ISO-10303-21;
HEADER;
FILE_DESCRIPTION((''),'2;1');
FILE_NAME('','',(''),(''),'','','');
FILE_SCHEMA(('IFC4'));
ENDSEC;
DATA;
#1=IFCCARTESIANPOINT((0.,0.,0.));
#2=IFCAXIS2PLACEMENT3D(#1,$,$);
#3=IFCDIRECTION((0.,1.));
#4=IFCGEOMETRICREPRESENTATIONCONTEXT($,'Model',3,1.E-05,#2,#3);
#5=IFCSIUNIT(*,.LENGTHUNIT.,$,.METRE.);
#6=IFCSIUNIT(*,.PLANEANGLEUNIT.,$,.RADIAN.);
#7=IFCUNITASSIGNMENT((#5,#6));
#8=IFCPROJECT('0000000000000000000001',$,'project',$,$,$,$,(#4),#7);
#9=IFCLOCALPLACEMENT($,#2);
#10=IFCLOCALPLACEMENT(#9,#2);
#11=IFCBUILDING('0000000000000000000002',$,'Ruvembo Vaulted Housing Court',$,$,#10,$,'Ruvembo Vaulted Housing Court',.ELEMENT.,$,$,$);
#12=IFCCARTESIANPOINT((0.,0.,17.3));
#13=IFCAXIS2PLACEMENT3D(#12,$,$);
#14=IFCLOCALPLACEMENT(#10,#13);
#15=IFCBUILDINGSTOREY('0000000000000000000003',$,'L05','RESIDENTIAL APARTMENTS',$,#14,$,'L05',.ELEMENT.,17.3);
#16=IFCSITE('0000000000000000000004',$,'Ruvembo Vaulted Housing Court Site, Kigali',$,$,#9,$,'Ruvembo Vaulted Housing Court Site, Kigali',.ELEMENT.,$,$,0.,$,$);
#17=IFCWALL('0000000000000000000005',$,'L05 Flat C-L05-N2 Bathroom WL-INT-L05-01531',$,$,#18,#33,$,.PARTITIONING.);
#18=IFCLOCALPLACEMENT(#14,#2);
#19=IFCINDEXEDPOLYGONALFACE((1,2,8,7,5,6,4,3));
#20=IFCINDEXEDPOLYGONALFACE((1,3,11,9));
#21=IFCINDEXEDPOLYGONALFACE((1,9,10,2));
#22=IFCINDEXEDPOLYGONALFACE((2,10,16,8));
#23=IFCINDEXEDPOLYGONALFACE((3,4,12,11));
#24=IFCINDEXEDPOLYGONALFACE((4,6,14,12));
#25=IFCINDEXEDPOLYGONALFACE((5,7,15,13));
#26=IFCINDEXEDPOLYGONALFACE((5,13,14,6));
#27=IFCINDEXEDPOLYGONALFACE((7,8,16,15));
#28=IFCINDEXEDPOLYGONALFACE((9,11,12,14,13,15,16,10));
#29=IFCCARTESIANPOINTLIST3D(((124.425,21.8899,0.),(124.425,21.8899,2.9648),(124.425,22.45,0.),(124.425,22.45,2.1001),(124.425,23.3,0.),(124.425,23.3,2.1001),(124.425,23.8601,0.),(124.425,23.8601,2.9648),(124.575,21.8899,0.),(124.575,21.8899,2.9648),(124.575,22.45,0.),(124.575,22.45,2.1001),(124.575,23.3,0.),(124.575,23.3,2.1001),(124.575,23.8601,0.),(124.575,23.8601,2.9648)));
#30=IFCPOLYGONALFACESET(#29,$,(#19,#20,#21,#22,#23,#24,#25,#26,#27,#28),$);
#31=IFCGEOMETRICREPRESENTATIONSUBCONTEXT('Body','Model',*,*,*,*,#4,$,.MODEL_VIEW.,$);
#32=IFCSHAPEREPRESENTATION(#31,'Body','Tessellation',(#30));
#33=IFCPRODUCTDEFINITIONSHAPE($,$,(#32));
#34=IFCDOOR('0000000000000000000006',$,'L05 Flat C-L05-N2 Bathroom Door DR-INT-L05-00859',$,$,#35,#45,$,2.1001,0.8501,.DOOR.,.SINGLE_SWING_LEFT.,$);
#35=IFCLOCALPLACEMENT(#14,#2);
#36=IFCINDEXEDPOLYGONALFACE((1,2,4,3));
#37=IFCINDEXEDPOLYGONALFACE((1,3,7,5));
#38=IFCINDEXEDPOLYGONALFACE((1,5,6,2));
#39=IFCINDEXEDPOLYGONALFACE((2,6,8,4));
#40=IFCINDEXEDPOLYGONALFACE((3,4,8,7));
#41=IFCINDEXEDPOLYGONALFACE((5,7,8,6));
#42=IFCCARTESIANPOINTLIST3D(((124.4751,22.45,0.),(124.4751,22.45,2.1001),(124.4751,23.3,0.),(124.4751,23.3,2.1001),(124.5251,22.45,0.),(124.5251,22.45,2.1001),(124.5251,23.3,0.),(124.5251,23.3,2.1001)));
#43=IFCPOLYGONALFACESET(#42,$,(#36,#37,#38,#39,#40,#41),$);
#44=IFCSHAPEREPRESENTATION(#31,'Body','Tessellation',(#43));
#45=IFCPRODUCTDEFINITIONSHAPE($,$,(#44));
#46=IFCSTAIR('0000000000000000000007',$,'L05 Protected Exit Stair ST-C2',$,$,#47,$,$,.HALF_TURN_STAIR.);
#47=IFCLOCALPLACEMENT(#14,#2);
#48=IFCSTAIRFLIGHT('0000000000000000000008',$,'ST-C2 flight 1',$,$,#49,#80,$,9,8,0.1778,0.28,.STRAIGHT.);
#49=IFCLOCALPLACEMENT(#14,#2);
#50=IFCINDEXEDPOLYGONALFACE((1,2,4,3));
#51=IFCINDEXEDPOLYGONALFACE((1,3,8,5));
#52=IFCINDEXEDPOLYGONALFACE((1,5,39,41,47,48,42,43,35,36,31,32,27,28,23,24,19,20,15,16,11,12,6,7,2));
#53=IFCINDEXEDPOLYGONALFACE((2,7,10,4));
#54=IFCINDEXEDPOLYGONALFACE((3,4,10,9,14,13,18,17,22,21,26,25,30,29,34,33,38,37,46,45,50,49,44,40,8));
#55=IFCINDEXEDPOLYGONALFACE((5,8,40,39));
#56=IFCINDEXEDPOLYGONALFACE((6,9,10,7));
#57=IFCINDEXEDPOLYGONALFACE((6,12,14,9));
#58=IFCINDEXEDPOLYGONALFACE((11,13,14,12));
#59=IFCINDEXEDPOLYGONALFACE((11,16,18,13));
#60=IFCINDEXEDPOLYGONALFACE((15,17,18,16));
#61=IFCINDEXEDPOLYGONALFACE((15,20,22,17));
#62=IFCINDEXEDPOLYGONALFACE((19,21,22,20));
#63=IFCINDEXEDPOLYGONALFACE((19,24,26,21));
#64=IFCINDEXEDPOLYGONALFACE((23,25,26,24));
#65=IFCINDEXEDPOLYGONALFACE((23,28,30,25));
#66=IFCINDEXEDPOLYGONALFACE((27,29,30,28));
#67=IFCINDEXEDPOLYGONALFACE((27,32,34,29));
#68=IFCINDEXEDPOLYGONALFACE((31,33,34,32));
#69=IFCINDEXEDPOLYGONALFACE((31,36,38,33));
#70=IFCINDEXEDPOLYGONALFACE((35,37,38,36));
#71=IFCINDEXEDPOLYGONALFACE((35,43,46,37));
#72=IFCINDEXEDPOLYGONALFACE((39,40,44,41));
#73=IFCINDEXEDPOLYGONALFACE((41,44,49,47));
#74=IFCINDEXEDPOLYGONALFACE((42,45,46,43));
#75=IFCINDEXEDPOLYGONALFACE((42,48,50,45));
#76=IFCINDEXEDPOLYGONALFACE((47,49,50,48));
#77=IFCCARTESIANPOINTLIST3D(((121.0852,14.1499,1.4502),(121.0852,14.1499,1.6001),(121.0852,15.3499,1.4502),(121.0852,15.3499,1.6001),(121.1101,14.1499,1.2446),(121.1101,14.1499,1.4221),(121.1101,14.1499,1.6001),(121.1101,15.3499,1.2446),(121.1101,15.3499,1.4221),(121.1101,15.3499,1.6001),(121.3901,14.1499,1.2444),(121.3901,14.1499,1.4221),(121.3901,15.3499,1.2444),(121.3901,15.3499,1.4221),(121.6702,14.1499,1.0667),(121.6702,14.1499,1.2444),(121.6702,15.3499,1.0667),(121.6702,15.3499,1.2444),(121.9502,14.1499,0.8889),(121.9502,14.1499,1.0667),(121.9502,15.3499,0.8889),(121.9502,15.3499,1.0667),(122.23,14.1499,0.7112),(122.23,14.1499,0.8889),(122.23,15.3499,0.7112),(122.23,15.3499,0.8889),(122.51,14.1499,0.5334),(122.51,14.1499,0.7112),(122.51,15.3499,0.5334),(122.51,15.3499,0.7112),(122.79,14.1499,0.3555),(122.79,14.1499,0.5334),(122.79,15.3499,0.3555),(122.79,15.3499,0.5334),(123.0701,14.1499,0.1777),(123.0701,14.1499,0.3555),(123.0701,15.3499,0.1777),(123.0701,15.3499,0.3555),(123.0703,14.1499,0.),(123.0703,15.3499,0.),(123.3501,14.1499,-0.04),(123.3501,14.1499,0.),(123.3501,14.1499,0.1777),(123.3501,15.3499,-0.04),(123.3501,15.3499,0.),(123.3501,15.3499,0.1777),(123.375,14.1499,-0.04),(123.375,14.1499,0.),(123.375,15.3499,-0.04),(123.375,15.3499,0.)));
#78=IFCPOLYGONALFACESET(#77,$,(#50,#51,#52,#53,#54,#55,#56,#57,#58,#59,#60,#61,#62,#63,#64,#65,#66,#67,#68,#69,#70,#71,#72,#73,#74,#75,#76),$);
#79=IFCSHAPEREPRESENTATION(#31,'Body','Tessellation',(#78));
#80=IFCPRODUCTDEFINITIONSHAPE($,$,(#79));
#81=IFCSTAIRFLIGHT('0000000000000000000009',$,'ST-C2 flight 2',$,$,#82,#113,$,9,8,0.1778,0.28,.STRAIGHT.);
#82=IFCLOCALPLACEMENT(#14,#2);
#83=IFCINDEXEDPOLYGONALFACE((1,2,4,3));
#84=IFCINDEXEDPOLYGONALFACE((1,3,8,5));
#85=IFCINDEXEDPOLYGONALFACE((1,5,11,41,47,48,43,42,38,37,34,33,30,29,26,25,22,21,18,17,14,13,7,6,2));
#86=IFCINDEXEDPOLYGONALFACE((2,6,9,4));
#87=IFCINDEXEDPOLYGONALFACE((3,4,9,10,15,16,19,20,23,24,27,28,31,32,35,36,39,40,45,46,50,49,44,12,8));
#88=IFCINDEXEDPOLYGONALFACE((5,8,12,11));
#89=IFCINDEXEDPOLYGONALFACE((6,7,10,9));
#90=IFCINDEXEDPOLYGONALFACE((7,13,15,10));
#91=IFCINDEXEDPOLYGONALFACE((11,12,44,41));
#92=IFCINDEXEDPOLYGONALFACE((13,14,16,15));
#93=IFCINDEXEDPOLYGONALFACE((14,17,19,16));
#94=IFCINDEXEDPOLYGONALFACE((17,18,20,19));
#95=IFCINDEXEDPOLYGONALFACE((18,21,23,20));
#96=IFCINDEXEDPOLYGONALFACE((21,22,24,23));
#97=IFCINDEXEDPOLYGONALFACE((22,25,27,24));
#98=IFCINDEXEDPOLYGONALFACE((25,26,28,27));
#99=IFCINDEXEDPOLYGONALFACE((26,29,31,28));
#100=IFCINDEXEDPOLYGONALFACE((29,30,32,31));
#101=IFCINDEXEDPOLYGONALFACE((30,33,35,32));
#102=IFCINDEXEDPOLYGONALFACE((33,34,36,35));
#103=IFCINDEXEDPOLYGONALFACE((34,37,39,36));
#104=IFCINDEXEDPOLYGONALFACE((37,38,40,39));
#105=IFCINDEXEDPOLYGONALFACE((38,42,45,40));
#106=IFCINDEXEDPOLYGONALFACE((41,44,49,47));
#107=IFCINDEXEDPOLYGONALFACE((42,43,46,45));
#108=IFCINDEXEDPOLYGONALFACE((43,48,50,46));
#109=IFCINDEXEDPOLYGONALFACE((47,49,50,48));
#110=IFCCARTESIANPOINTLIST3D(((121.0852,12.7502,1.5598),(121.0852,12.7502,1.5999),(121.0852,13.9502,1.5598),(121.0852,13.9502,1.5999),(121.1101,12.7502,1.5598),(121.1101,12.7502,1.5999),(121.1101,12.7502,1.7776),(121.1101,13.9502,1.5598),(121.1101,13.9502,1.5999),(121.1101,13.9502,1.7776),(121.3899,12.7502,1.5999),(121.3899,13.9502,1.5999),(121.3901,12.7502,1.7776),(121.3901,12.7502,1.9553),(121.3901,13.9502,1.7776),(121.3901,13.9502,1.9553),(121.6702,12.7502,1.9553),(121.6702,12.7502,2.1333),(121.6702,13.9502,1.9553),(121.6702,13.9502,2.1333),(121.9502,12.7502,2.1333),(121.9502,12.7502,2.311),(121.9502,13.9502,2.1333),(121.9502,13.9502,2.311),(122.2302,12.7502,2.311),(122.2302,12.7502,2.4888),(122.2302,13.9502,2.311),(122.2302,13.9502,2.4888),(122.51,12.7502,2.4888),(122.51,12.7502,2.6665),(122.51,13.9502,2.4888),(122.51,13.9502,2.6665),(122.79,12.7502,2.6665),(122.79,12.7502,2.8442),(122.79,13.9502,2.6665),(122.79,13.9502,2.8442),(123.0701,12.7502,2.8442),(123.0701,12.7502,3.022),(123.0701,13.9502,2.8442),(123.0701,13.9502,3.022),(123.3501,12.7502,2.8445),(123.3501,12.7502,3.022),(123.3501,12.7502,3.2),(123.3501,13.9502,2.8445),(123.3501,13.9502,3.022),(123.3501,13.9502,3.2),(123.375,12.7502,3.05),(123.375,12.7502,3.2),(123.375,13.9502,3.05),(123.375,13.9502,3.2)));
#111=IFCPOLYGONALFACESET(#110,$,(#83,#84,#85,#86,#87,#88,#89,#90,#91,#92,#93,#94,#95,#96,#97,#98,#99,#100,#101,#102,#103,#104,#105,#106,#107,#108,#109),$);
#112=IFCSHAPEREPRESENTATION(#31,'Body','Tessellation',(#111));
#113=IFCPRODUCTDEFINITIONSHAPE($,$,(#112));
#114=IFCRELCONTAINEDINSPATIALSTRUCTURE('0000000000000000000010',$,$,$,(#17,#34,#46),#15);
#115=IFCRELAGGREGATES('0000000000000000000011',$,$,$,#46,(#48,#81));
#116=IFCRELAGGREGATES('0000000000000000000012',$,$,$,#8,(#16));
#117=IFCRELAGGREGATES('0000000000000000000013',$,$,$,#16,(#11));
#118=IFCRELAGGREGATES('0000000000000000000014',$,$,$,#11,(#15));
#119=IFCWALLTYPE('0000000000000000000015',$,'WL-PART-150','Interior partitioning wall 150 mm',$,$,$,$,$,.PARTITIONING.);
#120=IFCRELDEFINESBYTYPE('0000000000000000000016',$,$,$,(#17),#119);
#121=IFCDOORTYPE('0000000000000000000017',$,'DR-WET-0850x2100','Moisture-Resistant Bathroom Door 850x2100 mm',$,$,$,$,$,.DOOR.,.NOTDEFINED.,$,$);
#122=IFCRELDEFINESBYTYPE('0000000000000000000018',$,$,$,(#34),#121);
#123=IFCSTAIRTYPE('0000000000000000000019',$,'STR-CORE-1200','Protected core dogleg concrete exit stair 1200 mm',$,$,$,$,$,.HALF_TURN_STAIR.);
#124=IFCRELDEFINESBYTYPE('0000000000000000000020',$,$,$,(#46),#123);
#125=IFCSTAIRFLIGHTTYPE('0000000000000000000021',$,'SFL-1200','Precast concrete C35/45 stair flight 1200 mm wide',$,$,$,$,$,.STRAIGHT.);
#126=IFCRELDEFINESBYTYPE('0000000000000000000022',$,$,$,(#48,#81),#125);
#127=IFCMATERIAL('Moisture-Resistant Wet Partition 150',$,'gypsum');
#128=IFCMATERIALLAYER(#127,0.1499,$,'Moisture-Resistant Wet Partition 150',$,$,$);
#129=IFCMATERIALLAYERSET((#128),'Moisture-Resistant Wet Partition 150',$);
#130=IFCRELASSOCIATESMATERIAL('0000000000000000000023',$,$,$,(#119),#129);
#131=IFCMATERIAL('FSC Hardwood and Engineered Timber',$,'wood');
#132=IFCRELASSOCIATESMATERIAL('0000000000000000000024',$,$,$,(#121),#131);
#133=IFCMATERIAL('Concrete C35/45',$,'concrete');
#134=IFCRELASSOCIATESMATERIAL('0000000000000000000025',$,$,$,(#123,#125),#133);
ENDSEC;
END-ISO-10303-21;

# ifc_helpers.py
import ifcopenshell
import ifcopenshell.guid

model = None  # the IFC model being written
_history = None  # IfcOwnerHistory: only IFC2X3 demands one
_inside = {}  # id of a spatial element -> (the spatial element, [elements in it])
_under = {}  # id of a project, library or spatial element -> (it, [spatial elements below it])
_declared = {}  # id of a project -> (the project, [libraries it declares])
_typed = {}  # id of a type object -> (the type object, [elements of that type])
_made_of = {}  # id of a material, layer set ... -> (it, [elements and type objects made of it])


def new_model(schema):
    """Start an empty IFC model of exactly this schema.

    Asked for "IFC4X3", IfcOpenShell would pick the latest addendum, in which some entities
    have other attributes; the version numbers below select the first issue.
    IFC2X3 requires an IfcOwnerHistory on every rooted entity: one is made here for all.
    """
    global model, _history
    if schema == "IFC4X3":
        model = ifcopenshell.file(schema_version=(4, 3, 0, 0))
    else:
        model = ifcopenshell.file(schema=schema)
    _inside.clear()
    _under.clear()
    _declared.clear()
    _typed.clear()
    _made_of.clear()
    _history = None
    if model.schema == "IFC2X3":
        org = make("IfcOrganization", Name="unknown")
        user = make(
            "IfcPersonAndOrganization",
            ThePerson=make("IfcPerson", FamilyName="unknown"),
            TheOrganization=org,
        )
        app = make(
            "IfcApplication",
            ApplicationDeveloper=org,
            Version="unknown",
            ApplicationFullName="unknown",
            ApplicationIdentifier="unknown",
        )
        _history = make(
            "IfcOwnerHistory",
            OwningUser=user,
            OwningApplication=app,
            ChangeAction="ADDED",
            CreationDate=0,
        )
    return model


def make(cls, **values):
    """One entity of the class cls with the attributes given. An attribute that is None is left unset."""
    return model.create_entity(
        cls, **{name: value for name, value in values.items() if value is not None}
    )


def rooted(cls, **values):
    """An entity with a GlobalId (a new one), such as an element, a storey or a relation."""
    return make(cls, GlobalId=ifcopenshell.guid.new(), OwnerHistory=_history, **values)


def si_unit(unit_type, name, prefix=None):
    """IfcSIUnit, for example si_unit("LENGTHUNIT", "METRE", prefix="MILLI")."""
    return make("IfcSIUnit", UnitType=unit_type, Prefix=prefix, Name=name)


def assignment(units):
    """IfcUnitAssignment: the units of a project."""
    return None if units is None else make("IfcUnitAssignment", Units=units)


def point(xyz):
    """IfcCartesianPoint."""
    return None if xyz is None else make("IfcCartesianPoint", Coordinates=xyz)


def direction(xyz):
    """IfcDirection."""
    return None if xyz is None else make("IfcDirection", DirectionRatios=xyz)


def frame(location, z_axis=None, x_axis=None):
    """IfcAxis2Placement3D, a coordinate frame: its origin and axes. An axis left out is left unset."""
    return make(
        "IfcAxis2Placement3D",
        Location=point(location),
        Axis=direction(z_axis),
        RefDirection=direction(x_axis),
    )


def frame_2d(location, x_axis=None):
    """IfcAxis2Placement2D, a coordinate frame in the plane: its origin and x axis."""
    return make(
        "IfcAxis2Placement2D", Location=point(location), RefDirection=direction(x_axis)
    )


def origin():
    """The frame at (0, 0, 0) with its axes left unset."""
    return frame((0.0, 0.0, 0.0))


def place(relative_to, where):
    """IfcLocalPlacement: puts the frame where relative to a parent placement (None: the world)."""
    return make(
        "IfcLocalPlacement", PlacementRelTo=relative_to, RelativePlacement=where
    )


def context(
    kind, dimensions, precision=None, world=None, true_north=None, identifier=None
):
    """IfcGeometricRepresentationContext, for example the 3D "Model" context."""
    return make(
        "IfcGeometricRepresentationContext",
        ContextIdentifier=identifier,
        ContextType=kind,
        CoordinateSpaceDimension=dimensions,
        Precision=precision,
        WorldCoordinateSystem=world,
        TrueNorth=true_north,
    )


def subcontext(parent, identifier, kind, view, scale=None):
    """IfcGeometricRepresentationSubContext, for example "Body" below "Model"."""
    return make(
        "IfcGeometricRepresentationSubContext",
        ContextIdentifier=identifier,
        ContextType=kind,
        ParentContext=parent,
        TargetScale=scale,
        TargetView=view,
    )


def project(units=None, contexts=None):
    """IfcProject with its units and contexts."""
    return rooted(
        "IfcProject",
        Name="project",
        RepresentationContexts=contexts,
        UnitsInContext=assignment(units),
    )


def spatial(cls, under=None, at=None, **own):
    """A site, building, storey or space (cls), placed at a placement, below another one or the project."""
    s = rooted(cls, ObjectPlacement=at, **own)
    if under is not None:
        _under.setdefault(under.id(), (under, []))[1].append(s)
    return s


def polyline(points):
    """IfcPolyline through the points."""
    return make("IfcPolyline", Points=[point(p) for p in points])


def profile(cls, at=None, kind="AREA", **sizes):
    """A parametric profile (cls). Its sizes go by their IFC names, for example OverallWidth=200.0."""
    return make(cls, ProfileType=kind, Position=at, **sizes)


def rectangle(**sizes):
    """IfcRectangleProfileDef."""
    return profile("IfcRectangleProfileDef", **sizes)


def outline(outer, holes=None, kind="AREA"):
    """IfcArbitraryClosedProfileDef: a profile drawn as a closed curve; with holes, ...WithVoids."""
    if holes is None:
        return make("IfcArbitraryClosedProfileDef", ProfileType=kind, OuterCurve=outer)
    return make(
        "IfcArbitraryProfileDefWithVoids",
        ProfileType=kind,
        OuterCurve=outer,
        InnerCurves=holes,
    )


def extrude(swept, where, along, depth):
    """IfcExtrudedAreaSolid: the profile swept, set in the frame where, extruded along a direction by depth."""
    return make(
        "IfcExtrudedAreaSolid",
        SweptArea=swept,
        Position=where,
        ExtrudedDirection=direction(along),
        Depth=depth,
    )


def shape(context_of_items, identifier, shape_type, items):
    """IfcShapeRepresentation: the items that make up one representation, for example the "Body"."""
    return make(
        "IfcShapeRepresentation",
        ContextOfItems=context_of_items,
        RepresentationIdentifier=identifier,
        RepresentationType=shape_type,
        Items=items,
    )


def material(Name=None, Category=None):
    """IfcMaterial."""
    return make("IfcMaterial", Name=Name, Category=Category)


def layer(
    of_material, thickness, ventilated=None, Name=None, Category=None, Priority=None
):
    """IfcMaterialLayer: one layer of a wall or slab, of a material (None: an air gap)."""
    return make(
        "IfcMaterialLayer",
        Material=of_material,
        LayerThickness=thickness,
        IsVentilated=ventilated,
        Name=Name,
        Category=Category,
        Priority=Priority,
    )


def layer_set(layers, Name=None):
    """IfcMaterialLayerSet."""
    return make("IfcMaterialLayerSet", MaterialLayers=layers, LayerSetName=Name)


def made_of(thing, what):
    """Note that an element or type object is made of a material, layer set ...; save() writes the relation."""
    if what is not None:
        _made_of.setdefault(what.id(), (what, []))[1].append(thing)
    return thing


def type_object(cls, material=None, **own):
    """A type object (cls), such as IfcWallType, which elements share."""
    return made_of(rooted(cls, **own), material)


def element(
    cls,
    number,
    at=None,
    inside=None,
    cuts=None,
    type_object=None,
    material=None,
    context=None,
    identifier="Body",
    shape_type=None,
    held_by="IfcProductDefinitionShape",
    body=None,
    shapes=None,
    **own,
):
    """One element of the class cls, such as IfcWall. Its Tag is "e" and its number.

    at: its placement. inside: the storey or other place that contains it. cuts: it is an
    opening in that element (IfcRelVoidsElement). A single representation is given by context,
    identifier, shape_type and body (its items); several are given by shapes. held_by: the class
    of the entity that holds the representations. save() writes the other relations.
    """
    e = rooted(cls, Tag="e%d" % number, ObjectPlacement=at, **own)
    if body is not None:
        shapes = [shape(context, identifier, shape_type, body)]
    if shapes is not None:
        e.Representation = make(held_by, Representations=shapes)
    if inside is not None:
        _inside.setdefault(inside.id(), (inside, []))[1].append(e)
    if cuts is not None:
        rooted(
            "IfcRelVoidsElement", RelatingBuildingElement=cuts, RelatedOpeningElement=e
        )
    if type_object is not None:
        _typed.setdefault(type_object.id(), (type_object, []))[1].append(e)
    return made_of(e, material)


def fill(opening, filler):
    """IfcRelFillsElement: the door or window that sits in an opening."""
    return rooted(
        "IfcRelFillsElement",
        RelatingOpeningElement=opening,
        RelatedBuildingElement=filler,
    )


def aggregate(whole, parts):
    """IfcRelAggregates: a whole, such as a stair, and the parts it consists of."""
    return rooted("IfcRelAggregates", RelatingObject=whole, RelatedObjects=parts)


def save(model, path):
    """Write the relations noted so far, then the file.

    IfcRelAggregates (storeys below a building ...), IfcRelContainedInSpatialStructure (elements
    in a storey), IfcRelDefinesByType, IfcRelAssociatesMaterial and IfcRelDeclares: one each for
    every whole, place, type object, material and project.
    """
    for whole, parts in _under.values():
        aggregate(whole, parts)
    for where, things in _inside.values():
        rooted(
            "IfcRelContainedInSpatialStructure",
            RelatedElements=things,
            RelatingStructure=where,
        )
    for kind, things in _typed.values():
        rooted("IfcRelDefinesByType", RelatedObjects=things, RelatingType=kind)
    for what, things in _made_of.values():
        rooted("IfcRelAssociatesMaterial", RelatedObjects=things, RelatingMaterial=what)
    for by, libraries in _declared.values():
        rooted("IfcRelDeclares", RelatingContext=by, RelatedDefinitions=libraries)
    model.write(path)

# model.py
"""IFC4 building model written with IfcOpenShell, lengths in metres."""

from ifc_helpers import new_model, si_unit, direction, frame, frame_2d, origin, place, context, subcontext, project, spatial, polyline, rectangle, outline, extrude, material, layer, layer_set, type_object, element, fill, aggregate, save


model = new_model("IFC4")

# Units and contexts
model_context = context("Model", 3, precision=1e-05, world=origin(), true_north=direction((0.0, 1.0)))
body_context = subcontext(model_context, "Body", "Model", "MODEL_VIEW")
ifc_project = project(units=[si_unit("LENGTHUNIT", "METRE"), si_unit("PLANEANGLEUNIT", "RADIAN")], contexts=[model_context])

# Site, building, storey
site_placement = place(None, origin())
site = spatial("IfcSite", under=ifc_project, at=site_placement, Name="Ruvembo Vaulted Housing Court Site, Kigali", LongName="Ruvembo Vaulted Housing Court Site, Kigali", CompositionType="ELEMENT", RefElevation=0.0)
building_placement = place(site_placement, origin())
building = spatial("IfcBuilding", under=site, at=building_placement, Name="Ruvembo Vaulted Housing Court", LongName="Ruvembo Vaulted Housing Court", CompositionType="ELEMENT")
storey_placement = place(building_placement, frame((0.0, 0.0, 17.3)))
storey = spatial("IfcBuildingStorey", under=building, at=storey_placement, Name="L05", Description="RESIDENTIAL APARTMENTS", LongName="L05", CompositionType="ELEMENT", Elevation=17.3)

# Shared definitions
ifc_material_1 = material(Name="Concrete C35/45", Category="concrete")

# Wall, opening, door
ifc_material_2 = material(Name="FSC Hardwood and Engineered Timber", Category="wood")
ifc_material_3 = material(Name="Moisture-Resistant Wet Partition 150", Category="gypsum")
ifc_layer_1 = layer(ifc_material_3, 0.1499, Name="Moisture-Resistant Wet Partition 150")
ifc_layer_set_1 = layer_set([ifc_layer_1], Name="Moisture-Resistant Wet Partition 150")
wall_type_1 = type_object("IfcWallType", Name="WL-PART-150", Description="Interior partitioning wall 150 mm", PredefinedType="PARTITIONING", material=ifc_layer_set_1)
wall_1_placement = place(storey_placement, frame((124.5, 21.8899, 0.0), z_axis=(0.0, 0.0, 1.0), x_axis=(0.0, 1.0, 0.0)))
wall_1 = element("IfcWall", 1, at=wall_1_placement, inside=storey, type_object=wall_type_1, Name="L05 Flat C-L05-N2 Bathroom WL-INT-L05-01531", PredefinedType="PARTITIONING", context=body_context, shape_type="SweptSolid", body=[
    extrude(rectangle(XDim=1.9702, YDim=0.1499, at=frame_2d((0.9851, 0.0))), origin(), (0.0, 0.0, 1.0), 2.9648),
])
opening_1_placement = place(wall_1_placement, frame((0.5601, 0.0, 0.0)))
opening_1 = element("IfcOpeningElement", 2, at=opening_1_placement, cuts=wall_1, PredefinedType="OPENING", context=body_context, shape_type="SweptSolid", body=[
    extrude(rectangle(XDim=0.8501, YDim=2.1001, at=frame_2d((0.425, 1.05))), frame((0.0, 0.085, 0.0), z_axis=(0.0, -1.0, 0.0), x_axis=(1.0, 0.0, 0.0)), (0.0, 0.0, 1.0), 0.1699),
])
door_type_1 = type_object("IfcDoorType", Name="DR-WET-0850x2100", Description="Moisture-Resistant Bathroom Door 850x2100 mm", OperationType="NOTDEFINED", PredefinedType="DOOR", material=ifc_material_2)
door_1_placement = place(opening_1_placement, origin())
door_1 = element("IfcDoor", 3, at=door_1_placement, inside=storey, type_object=door_type_1, Name="L05 Flat C-L05-N2 Bathroom Door DR-INT-L05-00859", OperationType="SINGLE_SWING_LEFT", OverallHeight=2.1001, OverallWidth=0.8501, PredefinedType="DOOR", context=body_context, shape_type="SweptSolid", body=[
    extrude(rectangle(XDim=0.8501, YDim=2.1001, at=frame_2d((0.425, 1.05))), frame((0.0, 0.0249, 0.0), z_axis=(0.0, -1.0, 0.0), x_axis=(1.0, 0.0, 0.0)), (0.0, 0.0, 1.0), 0.05),
])
fill(opening_1, door_1)

# Stair, stair flights
stair_type = type_object("IfcStairType", Name="STR-CORE-1200", Description="Protected core dogleg concrete exit stair 1200 mm", PredefinedType="HALF_TURN_STAIR", material=ifc_material_1)
stair_placement = place(storey_placement, origin())
stair = element("IfcStair", 4, at=stair_placement, inside=storey, type_object=stair_type, Name="L05 Protected Exit Stair ST-C2", PredefinedType="HALF_TURN_STAIR")
stair_flight_type = type_object("IfcStairFlightType", Name="SFL-1200", Description="Precast concrete C35/45 stair flight 1200 mm wide", PredefinedType="STRAIGHT", material=ifc_material_1)
stair_flight_1_placement = place(storey_placement, frame((123.3501, 14.75, 0.0), z_axis=(0.0, 0.0, 1.0), x_axis=(-1.0, 0.0, 0.0)))
stair_flight_1 = element("IfcStairFlight", 5, at=stair_flight_1_placement, type_object=stair_flight_type, Name="ST-C2 flight 1", NumberOfRisers=9, NumberOfTreads=8, PredefinedType="STRAIGHT", RiserHeight=0.1778, TreadLength=0.28, context=body_context, shape_type="SweptSolid", body=[
    extrude(outline(polyline([(-0.0249, -0.04), (-0.0249, 0.0), (0.0, 0.0), (0.0, 0.1777), (0.28, 0.1777), (0.28, 0.3555), (0.5601, 0.3555), (0.5601, 0.5334), (0.8401, 0.5334), (0.8401, 0.7112), (1.1201, 0.7112), (1.1201, 0.8889), (1.3999, 0.8889), (1.3999, 1.0667), (1.6799, 1.0667), (1.6799, 1.2444), (1.96, 1.2444), (1.96, 1.4221), (2.24, 1.4221), (2.24, 1.6001), (2.2649, 1.6001), (2.2649, 1.4502), (2.24, 1.2446), (0.2798, 0.0), (0.0, -0.04), (-0.0249, -0.04)])), frame((0.0, 0.6001, 0.0), z_axis=(0.0, -1.0, 0.0), x_axis=(1.0, 0.0, 0.0)), (0.0, 0.0, 1.0), 1.2),
])
stair_flight_2_placement = place(storey_placement, frame((121.1101, 13.3501, 1.5999), z_axis=(0.0, 0.0, 1.0), x_axis=(1.0, 0.0, 0.0)))
stair_flight_2 = element("IfcStairFlight", 6, at=stair_flight_2_placement, type_object=stair_flight_type, Name="ST-C2 flight 2", NumberOfRisers=9, NumberOfTreads=8, PredefinedType="STRAIGHT", RiserHeight=0.1778, TreadLength=0.28, context=body_context, shape_type="SweptSolid", body=[
    extrude(outline(polyline([(-0.0249, -0.04), (-0.0249, 0.0), (0.0, 0.0), (0.0, 0.1777), (0.28, 0.1777), (0.28, 0.3555), (0.5601, 0.3555), (0.5601, 0.5334), (0.8401, 0.5334), (0.8401, 0.7112), (1.1201, 0.7112), (1.1201, 0.8889), (1.3999, 0.8889), (1.3999, 1.0667), (1.6799, 1.0667), (1.6799, 1.2444), (1.96, 1.2444), (1.96, 1.4221), (2.24, 1.4221), (2.24, 1.6001), (2.2649, 1.6001), (2.2649, 1.4502), (2.24, 1.2446), (0.2798, 0.0), (0.0, -0.04), (-0.0249, -0.04)])), frame((0.0, 0.6001, 0.0), z_axis=(0.0, -1.0, 0.0), x_axis=(1.0, 0.0, 0.0)), (0.0, 0.0, 1.0), 1.2),
])
aggregate(stair, [stair_flight_1, stair_flight_2])

save(model, "model.ifc")
